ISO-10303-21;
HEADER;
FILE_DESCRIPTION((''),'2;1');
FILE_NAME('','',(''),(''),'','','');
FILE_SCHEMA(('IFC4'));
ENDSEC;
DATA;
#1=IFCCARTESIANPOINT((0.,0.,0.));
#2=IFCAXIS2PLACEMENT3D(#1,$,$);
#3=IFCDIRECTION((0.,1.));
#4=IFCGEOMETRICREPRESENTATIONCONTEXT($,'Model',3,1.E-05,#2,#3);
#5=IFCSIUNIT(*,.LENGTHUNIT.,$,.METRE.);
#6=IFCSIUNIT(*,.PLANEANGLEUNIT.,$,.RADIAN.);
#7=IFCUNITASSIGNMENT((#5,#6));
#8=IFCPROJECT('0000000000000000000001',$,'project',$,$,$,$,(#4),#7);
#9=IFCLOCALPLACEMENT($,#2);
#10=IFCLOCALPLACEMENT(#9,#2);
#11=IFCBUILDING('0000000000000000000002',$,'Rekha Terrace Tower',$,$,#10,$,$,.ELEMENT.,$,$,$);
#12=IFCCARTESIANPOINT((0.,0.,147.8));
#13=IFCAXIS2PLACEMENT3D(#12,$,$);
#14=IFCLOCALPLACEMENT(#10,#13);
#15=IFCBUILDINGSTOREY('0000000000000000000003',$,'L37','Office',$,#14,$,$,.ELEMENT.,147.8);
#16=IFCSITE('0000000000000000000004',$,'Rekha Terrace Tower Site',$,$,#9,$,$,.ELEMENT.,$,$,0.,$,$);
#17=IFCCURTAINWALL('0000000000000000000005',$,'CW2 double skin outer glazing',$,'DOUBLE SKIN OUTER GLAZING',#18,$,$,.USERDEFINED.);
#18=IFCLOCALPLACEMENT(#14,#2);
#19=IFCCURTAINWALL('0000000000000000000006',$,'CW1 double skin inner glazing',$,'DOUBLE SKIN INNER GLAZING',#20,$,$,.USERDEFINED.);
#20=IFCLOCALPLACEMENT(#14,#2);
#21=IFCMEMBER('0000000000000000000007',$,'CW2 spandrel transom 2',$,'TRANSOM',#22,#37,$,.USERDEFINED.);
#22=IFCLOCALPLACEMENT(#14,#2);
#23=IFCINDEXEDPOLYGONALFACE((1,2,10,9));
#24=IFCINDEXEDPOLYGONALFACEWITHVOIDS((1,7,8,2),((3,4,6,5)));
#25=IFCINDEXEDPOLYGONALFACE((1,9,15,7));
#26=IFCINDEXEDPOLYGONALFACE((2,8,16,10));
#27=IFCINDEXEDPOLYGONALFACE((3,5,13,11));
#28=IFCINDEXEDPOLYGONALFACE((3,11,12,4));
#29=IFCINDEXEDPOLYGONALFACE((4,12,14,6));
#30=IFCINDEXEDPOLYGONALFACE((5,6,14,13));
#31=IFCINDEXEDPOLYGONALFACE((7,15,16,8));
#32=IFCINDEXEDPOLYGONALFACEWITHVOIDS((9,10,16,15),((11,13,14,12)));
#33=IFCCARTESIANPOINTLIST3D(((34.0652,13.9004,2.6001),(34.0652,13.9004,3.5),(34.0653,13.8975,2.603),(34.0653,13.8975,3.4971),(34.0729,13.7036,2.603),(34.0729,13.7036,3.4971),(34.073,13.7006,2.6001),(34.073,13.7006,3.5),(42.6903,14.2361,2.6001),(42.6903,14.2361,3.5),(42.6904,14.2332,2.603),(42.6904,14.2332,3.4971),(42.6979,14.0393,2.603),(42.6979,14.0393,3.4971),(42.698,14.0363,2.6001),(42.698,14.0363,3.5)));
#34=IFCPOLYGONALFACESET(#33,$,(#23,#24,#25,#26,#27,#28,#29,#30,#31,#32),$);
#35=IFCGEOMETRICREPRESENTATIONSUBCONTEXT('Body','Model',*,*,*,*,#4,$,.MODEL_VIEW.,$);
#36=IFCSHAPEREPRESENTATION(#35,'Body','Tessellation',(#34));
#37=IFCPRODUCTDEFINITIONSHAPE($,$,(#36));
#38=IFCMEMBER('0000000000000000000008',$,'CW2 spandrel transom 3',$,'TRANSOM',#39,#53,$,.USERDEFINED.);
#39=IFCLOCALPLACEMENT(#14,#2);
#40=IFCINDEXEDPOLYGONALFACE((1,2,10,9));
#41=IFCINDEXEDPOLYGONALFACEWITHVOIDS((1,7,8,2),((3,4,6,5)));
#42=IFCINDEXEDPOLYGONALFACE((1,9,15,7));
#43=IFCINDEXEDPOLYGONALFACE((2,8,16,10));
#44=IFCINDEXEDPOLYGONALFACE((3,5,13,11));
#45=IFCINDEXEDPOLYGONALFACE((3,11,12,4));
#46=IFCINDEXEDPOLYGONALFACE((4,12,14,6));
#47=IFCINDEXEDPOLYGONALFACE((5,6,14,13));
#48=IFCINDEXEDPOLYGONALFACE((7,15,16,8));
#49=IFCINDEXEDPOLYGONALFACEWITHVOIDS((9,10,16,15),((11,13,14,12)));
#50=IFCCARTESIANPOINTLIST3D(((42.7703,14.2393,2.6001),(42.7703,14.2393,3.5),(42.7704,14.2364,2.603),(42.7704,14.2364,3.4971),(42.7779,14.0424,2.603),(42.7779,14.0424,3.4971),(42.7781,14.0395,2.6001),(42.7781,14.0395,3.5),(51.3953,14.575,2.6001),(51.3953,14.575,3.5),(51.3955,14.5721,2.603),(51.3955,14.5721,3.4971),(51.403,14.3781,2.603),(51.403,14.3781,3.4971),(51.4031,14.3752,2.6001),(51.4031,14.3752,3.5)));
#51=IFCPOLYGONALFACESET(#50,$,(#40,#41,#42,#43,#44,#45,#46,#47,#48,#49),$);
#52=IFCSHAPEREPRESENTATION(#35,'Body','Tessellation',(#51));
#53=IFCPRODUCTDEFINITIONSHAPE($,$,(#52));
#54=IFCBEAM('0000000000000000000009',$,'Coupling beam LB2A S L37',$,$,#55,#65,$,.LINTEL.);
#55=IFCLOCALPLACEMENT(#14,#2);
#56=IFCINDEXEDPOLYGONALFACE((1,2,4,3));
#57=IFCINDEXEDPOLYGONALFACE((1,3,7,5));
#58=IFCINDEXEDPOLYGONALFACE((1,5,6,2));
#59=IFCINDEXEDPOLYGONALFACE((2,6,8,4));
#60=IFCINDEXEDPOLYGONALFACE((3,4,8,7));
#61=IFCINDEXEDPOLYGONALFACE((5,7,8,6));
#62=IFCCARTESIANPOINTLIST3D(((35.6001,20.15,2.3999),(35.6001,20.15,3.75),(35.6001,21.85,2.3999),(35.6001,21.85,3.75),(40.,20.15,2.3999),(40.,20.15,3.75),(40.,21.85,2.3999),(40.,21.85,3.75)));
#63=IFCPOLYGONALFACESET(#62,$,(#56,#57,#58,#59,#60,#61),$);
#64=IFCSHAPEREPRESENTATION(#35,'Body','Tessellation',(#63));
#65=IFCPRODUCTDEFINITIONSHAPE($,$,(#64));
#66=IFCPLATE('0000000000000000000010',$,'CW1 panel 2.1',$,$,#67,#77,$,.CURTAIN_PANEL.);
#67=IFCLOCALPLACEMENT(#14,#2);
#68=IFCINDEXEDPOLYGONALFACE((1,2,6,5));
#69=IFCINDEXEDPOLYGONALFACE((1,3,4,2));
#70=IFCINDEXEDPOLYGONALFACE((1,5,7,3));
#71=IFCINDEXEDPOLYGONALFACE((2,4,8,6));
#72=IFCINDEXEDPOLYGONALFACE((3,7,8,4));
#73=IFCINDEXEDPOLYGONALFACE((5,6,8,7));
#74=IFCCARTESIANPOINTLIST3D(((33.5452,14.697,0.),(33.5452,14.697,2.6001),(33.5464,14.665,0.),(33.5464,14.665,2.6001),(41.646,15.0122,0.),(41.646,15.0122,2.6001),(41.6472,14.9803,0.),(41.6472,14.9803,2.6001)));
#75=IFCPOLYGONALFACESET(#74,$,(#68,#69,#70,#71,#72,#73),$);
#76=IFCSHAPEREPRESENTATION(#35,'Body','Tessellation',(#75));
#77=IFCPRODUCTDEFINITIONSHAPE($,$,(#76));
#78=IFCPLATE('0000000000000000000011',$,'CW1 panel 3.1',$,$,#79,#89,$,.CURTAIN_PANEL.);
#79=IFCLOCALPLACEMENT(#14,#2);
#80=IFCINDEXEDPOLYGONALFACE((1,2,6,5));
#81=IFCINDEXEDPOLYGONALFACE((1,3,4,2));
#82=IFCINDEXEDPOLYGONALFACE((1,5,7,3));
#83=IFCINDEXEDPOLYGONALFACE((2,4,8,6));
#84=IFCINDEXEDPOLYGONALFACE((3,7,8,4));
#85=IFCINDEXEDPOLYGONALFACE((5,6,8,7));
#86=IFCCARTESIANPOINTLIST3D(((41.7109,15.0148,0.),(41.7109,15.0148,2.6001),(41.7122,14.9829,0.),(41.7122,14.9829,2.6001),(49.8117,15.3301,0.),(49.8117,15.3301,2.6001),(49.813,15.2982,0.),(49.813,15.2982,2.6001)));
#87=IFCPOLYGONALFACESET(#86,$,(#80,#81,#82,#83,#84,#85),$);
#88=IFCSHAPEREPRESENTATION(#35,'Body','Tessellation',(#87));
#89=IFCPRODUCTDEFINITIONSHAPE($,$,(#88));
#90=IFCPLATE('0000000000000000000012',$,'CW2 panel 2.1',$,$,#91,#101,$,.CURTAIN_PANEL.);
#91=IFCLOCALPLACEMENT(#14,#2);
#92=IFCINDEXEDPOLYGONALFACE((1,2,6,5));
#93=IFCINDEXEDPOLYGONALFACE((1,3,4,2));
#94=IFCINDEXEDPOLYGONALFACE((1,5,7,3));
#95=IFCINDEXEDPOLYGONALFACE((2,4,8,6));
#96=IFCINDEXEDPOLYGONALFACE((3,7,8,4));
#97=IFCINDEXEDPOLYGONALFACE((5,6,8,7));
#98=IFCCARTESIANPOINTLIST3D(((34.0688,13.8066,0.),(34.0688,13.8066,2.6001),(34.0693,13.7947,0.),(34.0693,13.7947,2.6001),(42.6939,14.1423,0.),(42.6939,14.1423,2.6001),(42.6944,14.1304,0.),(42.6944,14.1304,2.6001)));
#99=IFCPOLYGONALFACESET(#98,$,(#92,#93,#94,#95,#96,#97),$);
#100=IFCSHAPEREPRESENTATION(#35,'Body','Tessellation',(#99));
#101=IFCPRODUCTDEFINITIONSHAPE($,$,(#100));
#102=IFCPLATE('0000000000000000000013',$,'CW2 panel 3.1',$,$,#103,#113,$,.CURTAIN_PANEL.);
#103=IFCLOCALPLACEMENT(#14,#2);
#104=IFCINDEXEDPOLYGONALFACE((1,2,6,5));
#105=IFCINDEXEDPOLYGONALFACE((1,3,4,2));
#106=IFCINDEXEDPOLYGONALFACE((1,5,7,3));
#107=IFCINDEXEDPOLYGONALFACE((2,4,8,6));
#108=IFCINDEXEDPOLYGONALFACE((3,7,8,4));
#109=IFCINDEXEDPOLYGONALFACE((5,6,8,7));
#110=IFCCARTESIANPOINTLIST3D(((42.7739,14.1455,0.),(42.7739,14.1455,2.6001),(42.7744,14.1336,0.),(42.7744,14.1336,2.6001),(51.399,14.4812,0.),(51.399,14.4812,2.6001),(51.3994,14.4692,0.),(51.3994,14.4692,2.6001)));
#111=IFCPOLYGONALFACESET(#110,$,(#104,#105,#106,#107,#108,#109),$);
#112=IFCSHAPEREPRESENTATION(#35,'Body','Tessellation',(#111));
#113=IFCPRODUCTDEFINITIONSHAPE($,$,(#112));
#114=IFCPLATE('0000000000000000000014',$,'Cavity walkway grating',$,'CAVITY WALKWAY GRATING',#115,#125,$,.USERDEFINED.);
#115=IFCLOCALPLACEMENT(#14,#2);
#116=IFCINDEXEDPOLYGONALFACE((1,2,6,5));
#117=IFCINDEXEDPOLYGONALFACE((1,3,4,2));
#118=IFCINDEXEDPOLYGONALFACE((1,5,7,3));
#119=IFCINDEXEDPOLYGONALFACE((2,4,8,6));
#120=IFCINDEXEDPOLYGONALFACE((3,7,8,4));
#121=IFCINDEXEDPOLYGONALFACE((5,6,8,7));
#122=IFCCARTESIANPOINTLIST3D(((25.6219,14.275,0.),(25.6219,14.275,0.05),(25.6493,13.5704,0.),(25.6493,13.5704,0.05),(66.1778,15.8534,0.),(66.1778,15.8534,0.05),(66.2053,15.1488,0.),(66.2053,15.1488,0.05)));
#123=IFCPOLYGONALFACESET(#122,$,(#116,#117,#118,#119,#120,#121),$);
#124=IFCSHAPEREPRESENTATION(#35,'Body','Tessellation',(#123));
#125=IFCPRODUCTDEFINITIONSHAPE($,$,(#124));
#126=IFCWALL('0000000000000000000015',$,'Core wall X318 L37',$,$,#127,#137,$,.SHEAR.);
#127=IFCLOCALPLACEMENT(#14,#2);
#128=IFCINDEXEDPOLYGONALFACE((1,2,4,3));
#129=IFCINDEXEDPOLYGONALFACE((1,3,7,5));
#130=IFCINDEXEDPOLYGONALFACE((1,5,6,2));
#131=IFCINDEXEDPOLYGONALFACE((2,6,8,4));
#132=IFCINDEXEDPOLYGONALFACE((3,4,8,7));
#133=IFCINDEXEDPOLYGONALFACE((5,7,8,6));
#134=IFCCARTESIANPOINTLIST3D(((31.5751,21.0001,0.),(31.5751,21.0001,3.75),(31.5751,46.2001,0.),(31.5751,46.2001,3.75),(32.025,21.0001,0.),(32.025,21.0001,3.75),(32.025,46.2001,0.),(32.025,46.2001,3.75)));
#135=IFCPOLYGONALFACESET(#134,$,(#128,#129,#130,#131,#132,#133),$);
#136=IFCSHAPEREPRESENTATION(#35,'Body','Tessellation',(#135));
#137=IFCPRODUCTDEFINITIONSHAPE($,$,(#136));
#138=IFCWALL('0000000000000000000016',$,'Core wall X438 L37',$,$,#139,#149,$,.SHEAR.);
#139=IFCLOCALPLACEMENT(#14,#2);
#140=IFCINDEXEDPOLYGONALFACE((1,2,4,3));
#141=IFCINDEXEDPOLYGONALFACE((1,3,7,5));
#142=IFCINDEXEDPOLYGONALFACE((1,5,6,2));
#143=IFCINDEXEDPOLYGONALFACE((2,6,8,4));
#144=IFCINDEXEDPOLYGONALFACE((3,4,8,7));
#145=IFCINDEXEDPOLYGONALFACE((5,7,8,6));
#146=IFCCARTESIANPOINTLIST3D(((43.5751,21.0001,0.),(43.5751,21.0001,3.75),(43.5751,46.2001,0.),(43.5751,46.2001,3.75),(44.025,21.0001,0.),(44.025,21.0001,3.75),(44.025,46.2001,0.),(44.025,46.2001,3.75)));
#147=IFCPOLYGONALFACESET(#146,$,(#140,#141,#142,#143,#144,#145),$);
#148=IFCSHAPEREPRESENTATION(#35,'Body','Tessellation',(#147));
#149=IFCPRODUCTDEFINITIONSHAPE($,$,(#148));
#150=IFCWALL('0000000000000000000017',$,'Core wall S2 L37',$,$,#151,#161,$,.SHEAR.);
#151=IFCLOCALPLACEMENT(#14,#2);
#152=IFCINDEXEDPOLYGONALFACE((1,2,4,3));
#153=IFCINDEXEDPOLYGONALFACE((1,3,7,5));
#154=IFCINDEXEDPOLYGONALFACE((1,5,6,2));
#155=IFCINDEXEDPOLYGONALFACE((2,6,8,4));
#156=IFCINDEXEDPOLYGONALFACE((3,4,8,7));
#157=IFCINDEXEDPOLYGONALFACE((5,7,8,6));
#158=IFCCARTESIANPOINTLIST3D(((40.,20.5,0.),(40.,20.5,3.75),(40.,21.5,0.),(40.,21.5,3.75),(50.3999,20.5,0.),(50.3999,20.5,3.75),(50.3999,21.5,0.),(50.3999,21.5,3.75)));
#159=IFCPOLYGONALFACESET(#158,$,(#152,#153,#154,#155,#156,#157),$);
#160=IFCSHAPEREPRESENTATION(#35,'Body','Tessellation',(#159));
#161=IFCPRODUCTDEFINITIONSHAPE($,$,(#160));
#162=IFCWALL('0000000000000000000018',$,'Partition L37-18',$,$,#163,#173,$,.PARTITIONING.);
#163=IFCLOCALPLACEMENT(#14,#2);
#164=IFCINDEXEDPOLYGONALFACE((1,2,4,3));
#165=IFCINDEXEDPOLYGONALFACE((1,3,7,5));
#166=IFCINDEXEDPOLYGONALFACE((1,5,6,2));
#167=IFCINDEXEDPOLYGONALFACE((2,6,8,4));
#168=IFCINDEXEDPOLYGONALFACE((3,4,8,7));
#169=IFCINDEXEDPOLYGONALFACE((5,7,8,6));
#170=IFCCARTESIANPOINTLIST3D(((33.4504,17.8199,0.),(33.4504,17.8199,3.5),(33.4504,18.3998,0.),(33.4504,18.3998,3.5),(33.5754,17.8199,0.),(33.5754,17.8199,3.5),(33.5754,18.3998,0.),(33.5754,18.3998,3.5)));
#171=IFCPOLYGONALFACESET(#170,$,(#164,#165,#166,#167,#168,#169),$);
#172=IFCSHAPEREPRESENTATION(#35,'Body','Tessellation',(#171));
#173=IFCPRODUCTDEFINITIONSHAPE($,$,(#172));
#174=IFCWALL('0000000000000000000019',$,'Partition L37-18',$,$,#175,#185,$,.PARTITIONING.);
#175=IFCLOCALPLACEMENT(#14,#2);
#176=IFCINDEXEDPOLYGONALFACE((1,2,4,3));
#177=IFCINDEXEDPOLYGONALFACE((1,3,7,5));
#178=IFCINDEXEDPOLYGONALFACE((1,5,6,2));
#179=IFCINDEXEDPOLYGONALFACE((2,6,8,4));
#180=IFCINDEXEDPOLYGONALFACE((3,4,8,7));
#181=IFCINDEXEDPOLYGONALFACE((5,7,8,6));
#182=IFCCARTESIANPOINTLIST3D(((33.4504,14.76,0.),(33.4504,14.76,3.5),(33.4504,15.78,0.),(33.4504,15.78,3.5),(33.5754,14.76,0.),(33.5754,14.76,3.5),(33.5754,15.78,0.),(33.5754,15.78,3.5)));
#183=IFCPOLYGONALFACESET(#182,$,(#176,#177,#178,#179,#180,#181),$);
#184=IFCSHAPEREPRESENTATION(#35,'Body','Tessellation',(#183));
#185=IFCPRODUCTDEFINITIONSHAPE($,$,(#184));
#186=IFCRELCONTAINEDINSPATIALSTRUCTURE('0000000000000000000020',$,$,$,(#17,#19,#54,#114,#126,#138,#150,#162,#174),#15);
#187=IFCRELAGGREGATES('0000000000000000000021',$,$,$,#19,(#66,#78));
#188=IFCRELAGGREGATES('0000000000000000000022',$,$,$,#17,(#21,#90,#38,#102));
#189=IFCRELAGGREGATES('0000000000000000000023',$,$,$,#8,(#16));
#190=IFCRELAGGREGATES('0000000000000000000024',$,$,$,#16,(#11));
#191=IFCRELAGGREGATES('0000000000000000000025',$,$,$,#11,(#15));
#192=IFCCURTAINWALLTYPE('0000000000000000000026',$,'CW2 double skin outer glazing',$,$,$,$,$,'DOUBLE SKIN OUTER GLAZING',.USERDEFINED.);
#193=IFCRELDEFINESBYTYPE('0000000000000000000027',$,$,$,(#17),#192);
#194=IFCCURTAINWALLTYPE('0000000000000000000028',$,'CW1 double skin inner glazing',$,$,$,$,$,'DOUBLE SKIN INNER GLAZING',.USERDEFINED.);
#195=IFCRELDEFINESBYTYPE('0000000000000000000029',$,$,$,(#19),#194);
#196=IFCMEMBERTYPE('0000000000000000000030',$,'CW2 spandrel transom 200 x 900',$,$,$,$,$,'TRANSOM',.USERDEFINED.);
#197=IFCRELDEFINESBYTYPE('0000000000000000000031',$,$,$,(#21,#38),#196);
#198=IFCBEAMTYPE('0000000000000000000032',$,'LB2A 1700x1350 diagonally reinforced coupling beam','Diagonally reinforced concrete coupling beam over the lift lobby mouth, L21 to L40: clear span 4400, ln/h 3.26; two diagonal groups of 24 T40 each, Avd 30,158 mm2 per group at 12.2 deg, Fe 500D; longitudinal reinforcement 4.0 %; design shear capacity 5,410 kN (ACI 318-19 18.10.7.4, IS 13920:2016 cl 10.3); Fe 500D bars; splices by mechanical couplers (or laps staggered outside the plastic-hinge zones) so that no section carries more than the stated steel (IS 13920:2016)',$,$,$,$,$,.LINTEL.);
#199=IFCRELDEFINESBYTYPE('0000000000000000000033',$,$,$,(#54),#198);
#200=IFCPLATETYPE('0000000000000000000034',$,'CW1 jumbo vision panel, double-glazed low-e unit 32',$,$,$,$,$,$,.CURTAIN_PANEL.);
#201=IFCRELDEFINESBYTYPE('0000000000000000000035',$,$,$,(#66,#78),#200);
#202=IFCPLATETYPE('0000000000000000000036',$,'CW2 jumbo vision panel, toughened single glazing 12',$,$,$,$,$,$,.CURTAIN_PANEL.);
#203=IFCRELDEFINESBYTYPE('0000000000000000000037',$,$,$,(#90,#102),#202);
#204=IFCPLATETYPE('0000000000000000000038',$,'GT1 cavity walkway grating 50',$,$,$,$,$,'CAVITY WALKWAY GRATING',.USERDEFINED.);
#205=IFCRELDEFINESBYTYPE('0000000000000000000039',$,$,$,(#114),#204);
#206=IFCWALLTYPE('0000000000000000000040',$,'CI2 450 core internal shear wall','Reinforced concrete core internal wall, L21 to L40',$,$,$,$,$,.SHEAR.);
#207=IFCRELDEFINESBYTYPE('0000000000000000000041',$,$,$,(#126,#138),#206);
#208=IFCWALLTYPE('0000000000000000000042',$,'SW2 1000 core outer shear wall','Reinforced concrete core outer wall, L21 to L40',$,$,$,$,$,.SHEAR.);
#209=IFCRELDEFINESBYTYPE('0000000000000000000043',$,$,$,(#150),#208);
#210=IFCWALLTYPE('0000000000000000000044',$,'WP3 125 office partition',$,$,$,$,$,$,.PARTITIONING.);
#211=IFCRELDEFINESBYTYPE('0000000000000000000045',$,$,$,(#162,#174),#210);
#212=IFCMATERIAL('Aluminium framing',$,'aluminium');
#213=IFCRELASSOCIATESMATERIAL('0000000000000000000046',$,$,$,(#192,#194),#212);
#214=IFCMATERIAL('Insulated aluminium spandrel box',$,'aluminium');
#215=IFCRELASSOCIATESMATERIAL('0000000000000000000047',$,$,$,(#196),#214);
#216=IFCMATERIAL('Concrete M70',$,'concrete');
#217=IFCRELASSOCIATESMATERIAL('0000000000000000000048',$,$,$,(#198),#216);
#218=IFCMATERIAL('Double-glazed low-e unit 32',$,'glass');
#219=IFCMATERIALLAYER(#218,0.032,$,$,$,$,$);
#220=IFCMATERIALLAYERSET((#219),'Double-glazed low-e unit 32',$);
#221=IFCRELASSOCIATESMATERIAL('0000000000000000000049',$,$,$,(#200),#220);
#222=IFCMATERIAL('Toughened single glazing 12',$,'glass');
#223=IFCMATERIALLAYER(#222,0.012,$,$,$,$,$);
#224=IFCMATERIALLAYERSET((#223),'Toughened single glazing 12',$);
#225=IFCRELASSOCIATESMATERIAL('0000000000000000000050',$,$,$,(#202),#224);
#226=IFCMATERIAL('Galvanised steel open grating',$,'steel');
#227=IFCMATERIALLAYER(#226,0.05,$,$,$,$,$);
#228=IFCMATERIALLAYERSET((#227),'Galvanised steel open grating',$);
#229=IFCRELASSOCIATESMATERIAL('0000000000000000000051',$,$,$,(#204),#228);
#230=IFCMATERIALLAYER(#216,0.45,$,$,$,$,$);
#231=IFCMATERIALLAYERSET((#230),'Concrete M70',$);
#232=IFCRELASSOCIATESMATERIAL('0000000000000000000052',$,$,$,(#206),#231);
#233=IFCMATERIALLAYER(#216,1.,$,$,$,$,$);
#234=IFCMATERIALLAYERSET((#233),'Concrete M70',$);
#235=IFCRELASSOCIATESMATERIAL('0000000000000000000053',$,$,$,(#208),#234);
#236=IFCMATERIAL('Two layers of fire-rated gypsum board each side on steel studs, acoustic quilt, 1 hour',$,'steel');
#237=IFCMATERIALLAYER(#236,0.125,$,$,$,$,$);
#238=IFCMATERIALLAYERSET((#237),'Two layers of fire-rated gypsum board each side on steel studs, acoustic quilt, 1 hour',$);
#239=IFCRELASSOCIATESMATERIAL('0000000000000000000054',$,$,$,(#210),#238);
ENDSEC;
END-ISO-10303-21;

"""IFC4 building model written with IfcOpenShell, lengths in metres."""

from ifc_helpers import new_model, si_unit, direction, frame, frame_2d, origin, origin_2d, place, context, subcontext, project, spatial, rectangle, hollow_rectangle, extrude, material, layer, layer_set, material_profile, profile_set, type_object, element, aggregate, save


model = new_model("IFC4")

# Units and contexts
model_context = context("Model", 3, precision=1e-05, world=origin(), true_north=direction((0.0, 1.0)))
body_context = subcontext(model_context, "Body", "Model", "MODEL_VIEW")
ifc_project = project(units=[si_unit("LENGTHUNIT", "METRE"), si_unit("PLANEANGLEUNIT", "RADIAN")], contexts=[model_context])

# Site, building, storey
site_placement = place(None, origin())
site = spatial("IfcSite", under=ifc_project, at=site_placement, Name="Rekha Terrace Tower Site", CompositionType="ELEMENT", RefElevation=0.0)
building_placement = place(site_placement, origin())
building = spatial("IfcBuilding", under=site, at=building_placement, Name="Rekha Terrace Tower", CompositionType="ELEMENT")
storey_placement = place(building_placement, frame((0.0, 0.0, 147.8)))
storey = spatial("IfcBuildingStorey", under=building, at=storey_placement, Name="L37", Description="Office", CompositionType="ELEMENT", Elevation=147.8)

# Shared definitions
ifc_material_1 = material(Name="Concrete M70", Category="concrete")

# Curtain walls
ifc_material_2 = material(Name="Aluminium framing", Category="aluminium")
curtain_wall_type_1 = type_object("IfcCurtainWallType", Name="CW2 double skin outer glazing", ElementType="DOUBLE SKIN OUTER GLAZING", PredefinedType="USERDEFINED", material=ifc_material_2)
curtain_wall_1_placement = place(storey_placement, origin())
curtain_wall_1 = element("IfcCurtainWall", 1, at=curtain_wall_1_placement, inside=storey, type_object=curtain_wall_type_1, Name="CW2 double skin outer glazing", ObjectType="DOUBLE SKIN OUTER GLAZING", PredefinedType="USERDEFINED")
curtain_wall_type_2 = type_object("IfcCurtainWallType", Name="CW1 double skin inner glazing", ElementType="DOUBLE SKIN INNER GLAZING", PredefinedType="USERDEFINED", material=ifc_material_2)
curtain_wall_2_placement = place(storey_placement, origin())
curtain_wall_2 = element("IfcCurtainWall", 2, at=curtain_wall_2_placement, inside=storey, type_object=curtain_wall_type_2, Name="CW1 double skin inner glazing", ObjectType="DOUBLE SKIN INNER GLAZING", PredefinedType="USERDEFINED")
ifc_material_3 = material(Name="Insulated aluminium spandrel box", Category="aluminium")

# Members
ifc_material_profile_1 = material_profile(ifc_material_3, hollow_rectangle(XDim=0.2, YDim=0.8999, WallThickness=0.0029, at=origin_2d()), Name="AL SPANDREL BOX 200x900")
ifc_profile_set_1 = profile_set([ifc_material_profile_1], Name="Insulated aluminium spandrel box")
member_type_1 = type_object("IfcMemberType", Name="CW2 spandrel transom 200 x 900", ElementType="TRANSOM", PredefinedType="USERDEFINED", material=ifc_profile_set_1)
member_1_placement = place(storey_placement, frame((34.0691, 13.8005, 3.05), z_axis=(0.999243, 0.038892, 0.0), x_axis=(-0.038892, 0.999243, 0.0)))
member_1 = element("IfcMember", 3, at=member_1_placement, type_object=member_type_1, Name="CW2 spandrel transom 2", ObjectType="TRANSOM", PredefinedType="USERDEFINED", context=body_context, shape_type="SweptSolid", body=[
    extrude(hollow_rectangle(XDim=0.2, YDim=0.8999, WallThickness=0.0029, at=origin_2d()), origin(), (0.0, 0.0, 1.0), 8.6316),
])
member_2_placement = place(storey_placement, frame((42.7742, 14.1394, 3.05), z_axis=(0.999243, 0.038892, 0.0), x_axis=(-0.038892, 0.999243, 0.0)))
member_2 = element("IfcMember", 4, at=member_2_placement, type_object=member_type_1, Name="CW2 spandrel transom 3", ObjectType="TRANSOM", PredefinedType="USERDEFINED", context=body_context, shape_type="SweptSolid", body=[
    extrude(hollow_rectangle(XDim=0.2, YDim=0.8999, WallThickness=0.0029, at=origin_2d()), origin(), (0.0, 0.0, 1.0), 8.6316),
])

# Beam
ifc_material_profile_2 = material_profile(ifc_material_1, rectangle(XDim=1.7, YDim=1.3501, at=origin_2d()), Name="RC 1700x1350")
ifc_profile_set_2 = profile_set([ifc_material_profile_2], Name="Concrete M70")
beam_type = type_object("IfcBeamType", Name="LB2A 1700x1350 diagonally reinforced coupling beam", Description="Diagonally reinforced concrete coupling beam over the lift lobby mouth, L21 to L40: clear span 4400, ln/h 3.26; two diagonal groups of 24 T40 each, Avd 30,158 mm2 per group at 12.2 deg, Fe 500D; longitudinal reinforcement 4.0 %; design shear capacity 5,410 kN (ACI 318-19 18.10.7.4, IS 13920:2016 cl 10.3); Fe 500D bars; splices by mechanical couplers (or laps staggered outside the plastic-hinge zones) so that no section carries more than the stated steel (IS 13920:2016)", PredefinedType="LINTEL", material=ifc_profile_set_2)
beam_placement = place(storey_placement, frame((35.6001, 21.0, 3.075), z_axis=(1.0, 0.0, 0.0), x_axis=(0.0, 1.0, 0.0)))
element("IfcBeam", 5, at=beam_placement, inside=storey, type_object=beam_type, Name="Coupling beam LB2A S L37", PredefinedType="LINTEL", context=body_context, shape_type="SweptSolid", body=[
    extrude(rectangle(XDim=1.7, YDim=1.3501, at=origin_2d()), origin(), (0.0, 0.0, 1.0), 4.3999),
])

# Plates
ifc_material_4 = material(Name="Double-glazed low-e unit 32", Category="glass")
ifc_layer_1 = layer(ifc_material_4, 0.032)
ifc_layer_set_1 = layer_set([ifc_layer_1], Name="Double-glazed low-e unit 32")
plate_type_1 = type_object("IfcPlateType", Name="CW1 jumbo vision panel, double-glazed low-e unit 32", PredefinedType="CURTAIN_PANEL", material=ifc_layer_set_1)
plate_1_placement = place(storey_placement, frame((37.5962, 14.8386, 0.0), z_axis=(0.0, 0.0, 1.0), x_axis=(0.999243, 0.03889, 0.0)))
plate_1 = element("IfcPlate", 6, at=plate_1_placement, type_object=plate_type_1, Name="CW1 panel 2.1", PredefinedType="CURTAIN_PANEL", context=body_context, shape_type="SweptSolid", body=[
    extrude(rectangle(XDim=8.1069, YDim=0.032, at=origin_2d()), origin(), (0.0, 0.0, 1.0), 2.6001),
])
plate_2_placement = place(storey_placement, frame((45.762, 15.1565, 0.0), z_axis=(0.0, 0.0, 1.0), x_axis=(0.999243, 0.03889, 0.0)))
plate_2 = element("IfcPlate", 7, at=plate_2_placement, type_object=plate_type_1, Name="CW1 panel 3.1", PredefinedType="CURTAIN_PANEL", context=body_context, shape_type="SweptSolid", body=[
    extrude(rectangle(XDim=8.1069, YDim=0.032, at=origin_2d()), origin(), (0.0, 0.0, 1.0), 2.6001),
])
aggregate(curtain_wall_2, [plate_1, plate_2])
ifc_material_5 = material(Name="Toughened single glazing 12", Category="glass")
ifc_layer_2 = layer(ifc_material_5, 0.012)
ifc_layer_set_2 = layer_set([ifc_layer_2], Name="Toughened single glazing 12")
plate_type_2 = type_object("IfcPlateType", Name="CW2 jumbo vision panel, toughened single glazing 12", PredefinedType="CURTAIN_PANEL", material=ifc_layer_set_2)
plate_3_placement = place(storey_placement, frame((38.3816, 13.9685, 0.0), z_axis=(0.0, 0.0, 1.0), x_axis=(0.999243, 0.03889, 0.0)))
plate_3 = element("IfcPlate", 8, at=plate_3_placement, type_object=plate_type_2, Name="CW2 panel 2.1", PredefinedType="CURTAIN_PANEL", context=body_context, shape_type="SweptSolid", body=[
    extrude(rectangle(XDim=8.6316, YDim=0.012, at=origin_2d()), origin(), (0.0, 0.0, 1.0), 2.6001),
])
plate_4_placement = place(storey_placement, frame((47.0867, 14.3074, 0.0), z_axis=(0.0, 0.0, 1.0), x_axis=(0.999243, 0.03889, 0.0)))
plate_4 = element("IfcPlate", 9, at=plate_4_placement, type_object=plate_type_2, Name="CW2 panel 3.1", PredefinedType="CURTAIN_PANEL", context=body_context, shape_type="SweptSolid", body=[
    extrude(rectangle(XDim=8.6316, YDim=0.012, at=origin_2d()), origin(), (0.0, 0.0, 1.0), 2.6001),
])
aggregate(curtain_wall_1, [member_1, plate_3, member_2, plate_4])
ifc_material_6 = material(Name="Galvanised steel open grating", Category="steel")
ifc_layer_3 = layer(ifc_material_6, 0.05)
ifc_layer_set_3 = layer_set([ifc_layer_3], Name="Galvanised steel open grating")
plate_type_3 = type_object("IfcPlateType", Name="GT1 cavity walkway grating 50", ElementType="CAVITY WALKWAY GRATING", PredefinedType="USERDEFINED", material=ifc_layer_set_3)
plate_5_placement = place(storey_placement, frame((45.9136, 14.7119, 0.0), z_axis=(0.0, 0.0, 1.0), x_axis=(0.999243, 0.03889, 0.0)))
element("IfcPlate", 10, at=plate_5_placement, inside=storey, type_object=plate_type_3, Name="Cavity walkway grating", ObjectType="CAVITY WALKWAY GRATING", PredefinedType="USERDEFINED", context=body_context, shape_type="SweptSolid", body=[
    extrude(rectangle(XDim=40.5867, YDim=0.7051, at=origin_2d()), origin(), (0.0, 0.0, 1.0), 0.05),
])

# Walls
ifc_layer_4 = layer(ifc_material_1, 0.45)
ifc_layer_set_4 = layer_set([ifc_layer_4], Name="Concrete M70")
wall_type_1 = type_object("IfcWallType", Name="CI2 450 core internal shear wall", Description="Reinforced concrete core internal wall, L21 to L40", PredefinedType="SHEAR", material=ifc_layer_set_4)
for number, where, z_axis, x_axis, name in (
    (11, (31.8, 21.0, 0.0), (0.0, 0.0, 1.0), (0.0, 1.0, 0.0), "Core wall X318 L37"),
    (12, (43.8, 21.0, 0.0), (0.0, 0.0, 1.0), (0.0, 1.0, 0.0), "Core wall X438 L37"),
):
    element("IfcWall", number, at=place(storey_placement, frame(where, z_axis=z_axis, x_axis=x_axis)), inside=storey, type_object=wall_type_1, Name=name, PredefinedType="SHEAR", context=body_context, shape_type="SweptSolid", body=[
        extrude(rectangle(XDim=25.2, YDim=0.45, at=frame_2d((12.6001, 0.0))), origin(), (0.0, 0.0, 1.0), 3.75),
    ])
ifc_layer_5 = layer(ifc_material_1, 1.0)
ifc_layer_set_5 = layer_set([ifc_layer_5], Name="Concrete M70")
wall_type_2 = type_object("IfcWallType", Name="SW2 1000 core outer shear wall", Description="Reinforced concrete core outer wall, L21 to L40", PredefinedType="SHEAR", material=ifc_layer_set_5)
wall_1_placement = place(storey_placement, frame((40.0, 21.0, 0.0), z_axis=(0.0, 0.0, 1.0), x_axis=(1.0, 0.0, 0.0)))
element("IfcWall", 13, at=wall_1_placement, inside=storey, type_object=wall_type_2, Name="Core wall S2 L37", PredefinedType="SHEAR", context=body_context, shape_type="SweptSolid", body=[
    extrude(rectangle(XDim=10.3999, YDim=1.0, at=frame_2d((5.2, 0.0))), origin(), (0.0, 0.0, 1.0), 3.75),
])
ifc_material_7 = material(Name="Two layers of fire-rated gypsum board each side on steel studs, acoustic quilt, 1 hour", Category="steel")
ifc_layer_6 = layer(ifc_material_7, 0.125)
ifc_layer_set_6 = layer_set([ifc_layer_6], Name="Two layers of fire-rated gypsum board each side on steel studs, acoustic quilt, 1 hour")
wall_type_3 = type_object("IfcWallType", Name="WP3 125 office partition", PredefinedType="PARTITIONING", material=ifc_layer_set_6)
wall_2_placement = place(storey_placement, frame((33.5129, 18.3999, 0.0), z_axis=(0.0, 0.0, 1.0), x_axis=(0.0, -1.0, 0.0)))
element("IfcWall", 14, at=wall_2_placement, inside=storey, type_object=wall_type_3, Name="Partition L37-18", PredefinedType="PARTITIONING", context=body_context, shape_type="SweptSolid", body=[
    extrude(rectangle(XDim=0.5798, YDim=0.125, at=frame_2d((0.29, 0.0))), origin(), (0.0, 0.0, 1.0), 3.5),
])
wall_3_placement = place(storey_placement, frame((33.5129, 15.78, 0.0), z_axis=(0.0, 0.0, 1.0), x_axis=(0.0, -1.0, 0.0)))
element("IfcWall", 15, at=wall_3_placement, inside=storey, type_object=wall_type_3, Name="Partition L37-18", PredefinedType="PARTITIONING", context=body_context, shape_type="SweptSolid", body=[
    extrude(rectangle(XDim=1.02, YDim=0.125, at=frame_2d((0.51, 0.0))), origin(), (0.0, 0.0, 1.0), 3.5),
])

save(model, "model.ifc")
